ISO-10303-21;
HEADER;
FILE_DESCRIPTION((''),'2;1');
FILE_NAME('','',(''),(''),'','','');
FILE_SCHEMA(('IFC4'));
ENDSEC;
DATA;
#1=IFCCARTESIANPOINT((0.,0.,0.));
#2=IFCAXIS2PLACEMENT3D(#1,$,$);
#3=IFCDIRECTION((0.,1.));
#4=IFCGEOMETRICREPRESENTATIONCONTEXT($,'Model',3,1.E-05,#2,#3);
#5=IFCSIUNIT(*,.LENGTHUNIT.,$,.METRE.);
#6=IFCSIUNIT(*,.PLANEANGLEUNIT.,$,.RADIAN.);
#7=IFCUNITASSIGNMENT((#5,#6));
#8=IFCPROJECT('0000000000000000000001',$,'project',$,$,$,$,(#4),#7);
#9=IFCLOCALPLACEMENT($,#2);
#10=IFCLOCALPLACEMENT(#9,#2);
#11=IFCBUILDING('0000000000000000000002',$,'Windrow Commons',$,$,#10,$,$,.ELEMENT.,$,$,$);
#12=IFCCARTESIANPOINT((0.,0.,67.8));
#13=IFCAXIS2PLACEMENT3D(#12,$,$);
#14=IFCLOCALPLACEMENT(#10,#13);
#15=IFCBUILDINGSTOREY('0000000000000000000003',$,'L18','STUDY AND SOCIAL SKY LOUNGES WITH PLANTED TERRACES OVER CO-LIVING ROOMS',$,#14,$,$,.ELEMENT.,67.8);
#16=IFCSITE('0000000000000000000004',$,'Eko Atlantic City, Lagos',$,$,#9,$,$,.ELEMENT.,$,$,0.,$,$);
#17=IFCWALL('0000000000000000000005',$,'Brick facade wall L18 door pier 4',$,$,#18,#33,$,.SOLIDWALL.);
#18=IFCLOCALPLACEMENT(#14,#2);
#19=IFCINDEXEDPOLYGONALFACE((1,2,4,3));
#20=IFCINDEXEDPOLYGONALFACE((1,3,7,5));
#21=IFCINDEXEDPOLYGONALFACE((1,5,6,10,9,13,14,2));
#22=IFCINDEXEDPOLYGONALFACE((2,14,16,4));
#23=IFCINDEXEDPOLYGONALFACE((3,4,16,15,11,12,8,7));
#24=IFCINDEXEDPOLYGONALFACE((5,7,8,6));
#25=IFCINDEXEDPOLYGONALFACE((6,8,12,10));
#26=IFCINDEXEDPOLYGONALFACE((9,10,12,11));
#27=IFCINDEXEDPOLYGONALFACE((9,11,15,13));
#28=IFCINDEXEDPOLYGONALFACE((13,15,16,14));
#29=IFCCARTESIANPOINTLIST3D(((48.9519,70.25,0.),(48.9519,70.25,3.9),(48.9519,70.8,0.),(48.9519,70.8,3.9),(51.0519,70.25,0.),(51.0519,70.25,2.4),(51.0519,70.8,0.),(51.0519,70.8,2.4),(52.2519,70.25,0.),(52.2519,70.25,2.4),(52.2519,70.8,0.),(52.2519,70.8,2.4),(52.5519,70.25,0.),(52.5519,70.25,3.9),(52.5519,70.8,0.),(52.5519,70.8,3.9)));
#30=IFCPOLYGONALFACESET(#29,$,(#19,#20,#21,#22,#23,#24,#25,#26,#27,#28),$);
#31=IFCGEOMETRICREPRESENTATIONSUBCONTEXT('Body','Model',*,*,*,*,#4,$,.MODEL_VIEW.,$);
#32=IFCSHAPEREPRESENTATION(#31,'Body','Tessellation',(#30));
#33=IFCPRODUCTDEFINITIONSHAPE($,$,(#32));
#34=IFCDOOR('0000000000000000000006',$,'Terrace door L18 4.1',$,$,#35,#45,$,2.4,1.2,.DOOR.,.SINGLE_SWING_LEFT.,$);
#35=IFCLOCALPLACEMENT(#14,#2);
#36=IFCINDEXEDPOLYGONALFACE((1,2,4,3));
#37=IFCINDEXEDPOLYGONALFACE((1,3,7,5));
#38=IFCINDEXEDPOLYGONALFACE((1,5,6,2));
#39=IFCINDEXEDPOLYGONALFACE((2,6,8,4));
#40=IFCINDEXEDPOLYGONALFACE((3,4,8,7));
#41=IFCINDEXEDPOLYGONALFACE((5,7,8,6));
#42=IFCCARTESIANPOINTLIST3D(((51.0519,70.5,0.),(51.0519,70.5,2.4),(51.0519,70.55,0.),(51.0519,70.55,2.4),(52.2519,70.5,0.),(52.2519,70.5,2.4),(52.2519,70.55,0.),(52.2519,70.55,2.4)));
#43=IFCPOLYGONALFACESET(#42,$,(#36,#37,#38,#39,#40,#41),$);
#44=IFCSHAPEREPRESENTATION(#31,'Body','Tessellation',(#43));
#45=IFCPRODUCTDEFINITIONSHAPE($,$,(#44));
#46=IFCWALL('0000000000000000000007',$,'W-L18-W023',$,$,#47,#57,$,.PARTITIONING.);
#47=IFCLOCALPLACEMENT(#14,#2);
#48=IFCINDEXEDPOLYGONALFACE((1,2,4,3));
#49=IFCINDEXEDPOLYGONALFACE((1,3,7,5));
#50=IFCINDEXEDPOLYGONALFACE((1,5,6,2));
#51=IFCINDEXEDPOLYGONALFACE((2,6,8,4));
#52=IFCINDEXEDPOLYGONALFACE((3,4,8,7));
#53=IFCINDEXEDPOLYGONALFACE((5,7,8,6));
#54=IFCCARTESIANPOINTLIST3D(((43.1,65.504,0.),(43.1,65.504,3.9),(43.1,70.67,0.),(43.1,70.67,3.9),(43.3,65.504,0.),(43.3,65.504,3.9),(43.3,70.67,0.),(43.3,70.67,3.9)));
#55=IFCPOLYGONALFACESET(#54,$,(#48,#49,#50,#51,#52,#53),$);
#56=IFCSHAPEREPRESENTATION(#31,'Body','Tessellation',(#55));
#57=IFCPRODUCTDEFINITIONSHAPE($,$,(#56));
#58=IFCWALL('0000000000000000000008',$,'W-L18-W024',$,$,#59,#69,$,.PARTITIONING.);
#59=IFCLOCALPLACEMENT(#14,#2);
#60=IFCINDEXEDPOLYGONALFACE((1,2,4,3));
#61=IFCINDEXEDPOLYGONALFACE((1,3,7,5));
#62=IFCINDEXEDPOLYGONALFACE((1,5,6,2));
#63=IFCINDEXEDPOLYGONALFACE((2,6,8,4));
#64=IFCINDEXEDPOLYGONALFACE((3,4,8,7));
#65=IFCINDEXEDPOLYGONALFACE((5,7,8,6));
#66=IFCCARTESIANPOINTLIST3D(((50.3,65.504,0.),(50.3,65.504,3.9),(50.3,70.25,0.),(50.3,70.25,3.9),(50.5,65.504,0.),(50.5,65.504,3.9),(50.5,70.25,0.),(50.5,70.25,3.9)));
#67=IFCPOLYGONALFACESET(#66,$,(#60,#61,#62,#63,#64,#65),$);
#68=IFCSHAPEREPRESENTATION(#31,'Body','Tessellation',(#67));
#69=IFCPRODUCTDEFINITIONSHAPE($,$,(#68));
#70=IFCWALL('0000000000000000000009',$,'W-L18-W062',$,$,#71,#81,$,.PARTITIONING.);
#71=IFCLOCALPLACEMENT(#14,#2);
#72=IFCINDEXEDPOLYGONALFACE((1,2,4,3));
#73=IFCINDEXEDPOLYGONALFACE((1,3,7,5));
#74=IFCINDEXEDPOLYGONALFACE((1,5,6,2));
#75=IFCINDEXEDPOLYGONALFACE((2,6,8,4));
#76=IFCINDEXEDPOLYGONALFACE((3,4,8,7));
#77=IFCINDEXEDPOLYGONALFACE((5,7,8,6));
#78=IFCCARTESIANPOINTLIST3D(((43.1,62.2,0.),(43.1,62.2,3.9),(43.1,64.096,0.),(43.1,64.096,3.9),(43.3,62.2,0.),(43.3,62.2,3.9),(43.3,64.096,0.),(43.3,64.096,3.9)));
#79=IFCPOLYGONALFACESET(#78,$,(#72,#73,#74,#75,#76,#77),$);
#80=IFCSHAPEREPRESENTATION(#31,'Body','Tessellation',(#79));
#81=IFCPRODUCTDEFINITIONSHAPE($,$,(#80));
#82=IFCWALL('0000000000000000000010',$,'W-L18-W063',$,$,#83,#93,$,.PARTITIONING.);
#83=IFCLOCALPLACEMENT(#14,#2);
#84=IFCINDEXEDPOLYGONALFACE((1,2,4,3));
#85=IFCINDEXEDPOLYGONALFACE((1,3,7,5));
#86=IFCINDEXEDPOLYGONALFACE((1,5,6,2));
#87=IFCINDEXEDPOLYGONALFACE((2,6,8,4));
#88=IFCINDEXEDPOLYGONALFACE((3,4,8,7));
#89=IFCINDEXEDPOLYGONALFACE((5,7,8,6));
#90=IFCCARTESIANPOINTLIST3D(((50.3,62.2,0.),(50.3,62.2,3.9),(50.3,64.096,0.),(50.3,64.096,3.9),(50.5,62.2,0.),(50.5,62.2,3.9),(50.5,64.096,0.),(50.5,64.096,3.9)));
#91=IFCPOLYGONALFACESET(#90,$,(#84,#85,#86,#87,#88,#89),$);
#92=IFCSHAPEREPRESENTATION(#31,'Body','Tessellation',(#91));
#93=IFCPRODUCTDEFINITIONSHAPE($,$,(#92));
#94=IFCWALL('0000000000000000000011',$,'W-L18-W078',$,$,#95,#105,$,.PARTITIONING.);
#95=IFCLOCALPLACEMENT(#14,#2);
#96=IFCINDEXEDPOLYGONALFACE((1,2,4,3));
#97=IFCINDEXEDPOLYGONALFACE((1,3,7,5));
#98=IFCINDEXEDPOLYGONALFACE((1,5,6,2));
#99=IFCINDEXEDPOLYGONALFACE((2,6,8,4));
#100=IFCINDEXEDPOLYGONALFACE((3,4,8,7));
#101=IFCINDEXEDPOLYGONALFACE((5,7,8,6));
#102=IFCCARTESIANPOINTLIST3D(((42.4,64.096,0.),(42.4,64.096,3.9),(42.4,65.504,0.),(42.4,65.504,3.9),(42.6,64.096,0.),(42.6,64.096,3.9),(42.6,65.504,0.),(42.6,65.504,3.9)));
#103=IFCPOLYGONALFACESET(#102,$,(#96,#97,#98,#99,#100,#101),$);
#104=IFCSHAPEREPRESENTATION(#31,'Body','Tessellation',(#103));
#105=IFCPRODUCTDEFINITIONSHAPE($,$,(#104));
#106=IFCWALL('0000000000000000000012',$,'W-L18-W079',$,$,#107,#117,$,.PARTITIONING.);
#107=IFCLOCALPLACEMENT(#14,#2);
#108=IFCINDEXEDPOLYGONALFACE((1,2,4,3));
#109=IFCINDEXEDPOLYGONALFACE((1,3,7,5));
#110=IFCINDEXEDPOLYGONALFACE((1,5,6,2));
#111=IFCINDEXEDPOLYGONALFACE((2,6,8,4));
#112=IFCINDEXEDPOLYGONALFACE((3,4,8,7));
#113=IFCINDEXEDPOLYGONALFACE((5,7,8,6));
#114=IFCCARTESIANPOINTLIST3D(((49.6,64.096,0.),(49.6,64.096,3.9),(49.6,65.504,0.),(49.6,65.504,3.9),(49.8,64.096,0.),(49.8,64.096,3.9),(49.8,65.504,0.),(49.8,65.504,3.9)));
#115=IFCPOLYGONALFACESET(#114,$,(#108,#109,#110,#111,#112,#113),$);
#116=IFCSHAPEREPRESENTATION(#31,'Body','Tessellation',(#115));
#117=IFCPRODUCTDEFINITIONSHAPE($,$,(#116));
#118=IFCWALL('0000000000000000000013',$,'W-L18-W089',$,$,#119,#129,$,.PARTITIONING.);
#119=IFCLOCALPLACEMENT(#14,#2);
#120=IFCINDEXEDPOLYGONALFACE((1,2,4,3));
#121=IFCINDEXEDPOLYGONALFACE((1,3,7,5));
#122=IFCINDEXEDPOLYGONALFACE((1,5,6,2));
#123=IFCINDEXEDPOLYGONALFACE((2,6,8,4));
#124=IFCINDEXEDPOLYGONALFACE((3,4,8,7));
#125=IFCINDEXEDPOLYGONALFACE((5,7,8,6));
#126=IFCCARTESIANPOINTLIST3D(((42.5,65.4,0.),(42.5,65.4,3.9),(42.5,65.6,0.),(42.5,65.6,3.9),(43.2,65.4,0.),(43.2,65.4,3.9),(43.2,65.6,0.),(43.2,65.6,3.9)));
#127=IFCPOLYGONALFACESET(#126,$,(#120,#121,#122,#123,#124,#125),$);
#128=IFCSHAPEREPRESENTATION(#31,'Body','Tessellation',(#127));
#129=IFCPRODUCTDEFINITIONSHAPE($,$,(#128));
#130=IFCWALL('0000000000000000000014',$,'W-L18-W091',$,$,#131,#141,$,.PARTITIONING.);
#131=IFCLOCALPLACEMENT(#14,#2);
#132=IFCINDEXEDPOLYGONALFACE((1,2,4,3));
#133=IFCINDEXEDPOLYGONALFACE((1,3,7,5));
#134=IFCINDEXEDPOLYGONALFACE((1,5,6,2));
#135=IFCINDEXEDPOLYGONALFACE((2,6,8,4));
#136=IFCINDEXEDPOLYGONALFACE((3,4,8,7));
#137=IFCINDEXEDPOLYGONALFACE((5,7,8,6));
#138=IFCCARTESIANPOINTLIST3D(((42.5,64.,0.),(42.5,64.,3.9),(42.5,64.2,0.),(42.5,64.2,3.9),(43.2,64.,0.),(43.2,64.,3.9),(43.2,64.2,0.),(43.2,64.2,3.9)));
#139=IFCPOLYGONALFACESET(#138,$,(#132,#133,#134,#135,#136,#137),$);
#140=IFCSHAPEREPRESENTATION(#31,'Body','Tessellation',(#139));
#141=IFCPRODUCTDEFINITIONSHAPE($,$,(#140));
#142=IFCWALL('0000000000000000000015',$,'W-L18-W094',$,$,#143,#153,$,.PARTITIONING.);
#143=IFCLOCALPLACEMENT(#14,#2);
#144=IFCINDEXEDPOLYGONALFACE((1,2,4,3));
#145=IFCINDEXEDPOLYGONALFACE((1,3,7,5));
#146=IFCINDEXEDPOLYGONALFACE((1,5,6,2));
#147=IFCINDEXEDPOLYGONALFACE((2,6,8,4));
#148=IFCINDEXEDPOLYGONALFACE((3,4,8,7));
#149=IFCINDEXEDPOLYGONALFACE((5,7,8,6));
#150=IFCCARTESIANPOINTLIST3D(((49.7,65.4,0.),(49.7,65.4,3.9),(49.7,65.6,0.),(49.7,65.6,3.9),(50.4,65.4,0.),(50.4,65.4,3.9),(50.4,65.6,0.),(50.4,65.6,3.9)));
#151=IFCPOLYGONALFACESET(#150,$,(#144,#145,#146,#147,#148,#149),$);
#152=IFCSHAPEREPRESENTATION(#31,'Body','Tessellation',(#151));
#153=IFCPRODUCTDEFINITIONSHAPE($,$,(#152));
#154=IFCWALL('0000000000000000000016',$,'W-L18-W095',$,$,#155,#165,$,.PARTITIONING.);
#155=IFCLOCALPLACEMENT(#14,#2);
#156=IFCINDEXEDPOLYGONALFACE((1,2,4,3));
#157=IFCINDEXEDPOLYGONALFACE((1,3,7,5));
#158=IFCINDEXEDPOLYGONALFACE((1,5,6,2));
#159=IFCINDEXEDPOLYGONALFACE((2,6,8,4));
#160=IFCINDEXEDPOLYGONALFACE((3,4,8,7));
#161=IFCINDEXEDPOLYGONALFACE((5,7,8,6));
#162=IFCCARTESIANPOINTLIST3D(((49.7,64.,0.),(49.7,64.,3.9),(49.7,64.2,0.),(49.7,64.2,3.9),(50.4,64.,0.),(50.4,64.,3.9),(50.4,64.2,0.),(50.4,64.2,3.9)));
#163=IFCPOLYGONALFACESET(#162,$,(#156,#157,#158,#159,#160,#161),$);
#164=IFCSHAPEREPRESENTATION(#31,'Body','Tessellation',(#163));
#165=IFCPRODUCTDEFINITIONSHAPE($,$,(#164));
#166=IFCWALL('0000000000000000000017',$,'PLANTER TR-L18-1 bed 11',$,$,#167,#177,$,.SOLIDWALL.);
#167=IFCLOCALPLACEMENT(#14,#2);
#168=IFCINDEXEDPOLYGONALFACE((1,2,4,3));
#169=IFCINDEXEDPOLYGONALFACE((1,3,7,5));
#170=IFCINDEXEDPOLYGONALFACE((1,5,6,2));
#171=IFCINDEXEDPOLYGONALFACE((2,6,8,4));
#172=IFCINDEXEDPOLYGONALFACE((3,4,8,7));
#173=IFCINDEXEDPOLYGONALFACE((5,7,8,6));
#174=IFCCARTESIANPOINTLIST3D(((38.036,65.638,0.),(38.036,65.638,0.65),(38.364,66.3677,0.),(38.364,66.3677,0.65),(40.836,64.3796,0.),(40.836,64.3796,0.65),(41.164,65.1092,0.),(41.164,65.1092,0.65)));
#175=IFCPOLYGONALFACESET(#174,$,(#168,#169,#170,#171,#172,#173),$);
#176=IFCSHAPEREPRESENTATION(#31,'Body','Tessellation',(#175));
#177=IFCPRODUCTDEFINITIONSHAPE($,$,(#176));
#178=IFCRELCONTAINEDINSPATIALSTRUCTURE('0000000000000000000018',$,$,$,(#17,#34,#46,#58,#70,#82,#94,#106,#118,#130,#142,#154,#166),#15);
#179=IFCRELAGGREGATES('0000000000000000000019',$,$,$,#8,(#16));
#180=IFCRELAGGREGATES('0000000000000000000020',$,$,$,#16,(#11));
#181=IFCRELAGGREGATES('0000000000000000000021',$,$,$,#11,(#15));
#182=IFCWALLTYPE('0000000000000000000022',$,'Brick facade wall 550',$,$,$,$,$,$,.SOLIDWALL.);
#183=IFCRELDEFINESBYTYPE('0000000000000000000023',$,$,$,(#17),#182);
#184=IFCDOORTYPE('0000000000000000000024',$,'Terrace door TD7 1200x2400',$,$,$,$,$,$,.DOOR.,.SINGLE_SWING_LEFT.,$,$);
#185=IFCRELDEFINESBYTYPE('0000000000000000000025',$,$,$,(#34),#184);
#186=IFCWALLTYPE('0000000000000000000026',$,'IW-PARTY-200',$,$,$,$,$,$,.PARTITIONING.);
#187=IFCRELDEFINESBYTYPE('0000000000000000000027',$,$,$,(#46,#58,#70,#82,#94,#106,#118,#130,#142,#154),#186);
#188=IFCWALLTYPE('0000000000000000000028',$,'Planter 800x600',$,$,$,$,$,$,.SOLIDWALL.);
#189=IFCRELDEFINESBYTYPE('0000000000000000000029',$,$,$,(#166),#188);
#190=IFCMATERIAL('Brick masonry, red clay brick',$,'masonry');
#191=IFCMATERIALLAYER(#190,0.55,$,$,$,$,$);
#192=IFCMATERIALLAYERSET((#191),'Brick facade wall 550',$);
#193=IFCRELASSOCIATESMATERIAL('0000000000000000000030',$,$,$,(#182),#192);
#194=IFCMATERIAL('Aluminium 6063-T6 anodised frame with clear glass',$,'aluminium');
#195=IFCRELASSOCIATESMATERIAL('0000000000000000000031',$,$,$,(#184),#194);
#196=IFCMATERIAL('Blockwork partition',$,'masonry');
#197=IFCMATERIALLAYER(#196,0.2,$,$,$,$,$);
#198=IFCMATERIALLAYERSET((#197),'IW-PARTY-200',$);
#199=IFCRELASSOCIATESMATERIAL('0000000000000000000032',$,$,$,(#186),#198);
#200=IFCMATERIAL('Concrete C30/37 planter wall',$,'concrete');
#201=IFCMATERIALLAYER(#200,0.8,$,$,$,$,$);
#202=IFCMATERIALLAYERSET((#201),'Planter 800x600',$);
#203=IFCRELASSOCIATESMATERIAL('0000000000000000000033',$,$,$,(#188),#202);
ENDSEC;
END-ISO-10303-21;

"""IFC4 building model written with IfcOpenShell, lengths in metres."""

from ifc_helpers import new_model, si_unit, direction, frame, frame_2d, origin, place, context, subcontext, project, spatial, rectangle, extrude, material, layer, layer_set, type_object, element, fill, save


model = new_model("IFC4")

# Units and contexts
model_context = context("Model", 3, precision=1e-05, world=origin(), true_north=direction((0.0, 1.0)))
body_context = subcontext(model_context, "Body", "Model", "MODEL_VIEW")
ifc_project = project(units=[si_unit("LENGTHUNIT", "METRE"), si_unit("PLANEANGLEUNIT", "RADIAN")], contexts=[model_context])

# Site, building, storey
site_placement = place(None, origin())
site = spatial("IfcSite", under=ifc_project, at=site_placement, Name="Eko Atlantic City, Lagos", CompositionType="ELEMENT", RefElevation=0.0)
building_placement = place(site_placement, origin())
building = spatial("IfcBuilding", under=site, at=building_placement, Name="Windrow Commons", CompositionType="ELEMENT")
storey_placement = place(building_placement, frame((0.0, 0.0, 67.8)))
storey = spatial("IfcBuildingStorey", under=building, at=storey_placement, Name="L18", Description="STUDY AND SOCIAL SKY LOUNGES WITH PLANTED TERRACES OVER CO-LIVING ROOMS", CompositionType="ELEMENT", Elevation=67.8)

# Wall, opening, door
ifc_material_1 = material(Name="Brick masonry, red clay brick", Category="masonry")
ifc_layer_1 = layer(ifc_material_1, 0.55)
ifc_layer_set_1 = layer_set([ifc_layer_1], Name="Brick facade wall 550")
wall_type_1 = type_object("IfcWallType", Name="Brick facade wall 550", PredefinedType="SOLIDWALL", material=ifc_layer_set_1)
wall_1_placement = place(storey_placement, frame((52.5519, 70.525, 0.0), z_axis=(0.0, 0.0, 1.0), x_axis=(-1.0, 0.0, 0.0)))
wall_1 = element("IfcWall", 1, at=wall_1_placement, inside=storey, type_object=wall_type_1, Name="Brick facade wall L18 door pier 4", PredefinedType="SOLIDWALL", context=body_context, shape_type="SweptSolid", body=[
    extrude(rectangle(XDim=3.6, YDim=0.55, at=frame_2d((1.8, 0.0))), origin(), (0.0, 0.0, 1.0), 3.9),
])
opening_placement = place(wall_1_placement, frame((0.3, 0.0, 0.0)))
opening = element("IfcOpeningElement", 2, at=opening_placement, cuts=wall_1, PredefinedType="OPENING", context=body_context, shape_type="SweptSolid", body=[
    extrude(rectangle(XDim=1.2, YDim=2.4, at=frame_2d((0.6, 1.2))), frame((0.0, 0.285, 0.0), z_axis=(0.0, -1.0, 0.0), x_axis=(1.0, 0.0, 0.0)), (0.0, 0.0, 1.0), 0.57),
])
ifc_material_2 = material(Name="Aluminium 6063-T6 anodised frame with clear glass", Category="aluminium")
door_type = type_object("IfcDoorType", Name="Terrace door TD7 1200x2400", OperationType="SINGLE_SWING_LEFT", PredefinedType="DOOR", material=ifc_material_2)
door_placement = place(opening_placement, origin())
door = element("IfcDoor", 3, at=door_placement, inside=storey, type_object=door_type, Name="Terrace door L18 4.1", OperationType="SINGLE_SWING_LEFT", OverallHeight=2.4, OverallWidth=1.2, PredefinedType="DOOR", context=body_context, shape_type="SweptSolid", body=[
    extrude(rectangle(XDim=1.2, YDim=2.4, at=frame_2d((0.6, 1.2))), frame((0.0, 0.025, 0.0), z_axis=(0.0, -1.0, 0.0), x_axis=(1.0, 0.0, 0.0)), (0.0, 0.0, 1.0), 0.05),
])
fill(opening, door)

# Walls
ifc_material_3 = material(Name="Blockwork partition", Category="masonry")
ifc_layer_2 = layer(ifc_material_3, 0.2)
ifc_layer_set_2 = layer_set([ifc_layer_2], Name="IW-PARTY-200")
wall_type_2 = type_object("IfcWallType", Name="IW-PARTY-200", PredefinedType="PARTITIONING", material=ifc_layer_set_2)
wall_2_placement = place(storey_placement, frame((43.2, 65.504, 0.0), z_axis=(0.0, 0.0, 1.0), x_axis=(0.0, 1.0, 0.0)))
element("IfcWall", 4, at=wall_2_placement, inside=storey, type_object=wall_type_2, Name="W-L18-W023", PredefinedType="PARTITIONING", context=body_context, shape_type="SweptSolid", body=[
    extrude(rectangle(XDim=5.166, YDim=0.2, at=frame_2d((2.583, 0.0))), origin(), (0.0, 0.0, 1.0), 3.9),
])
wall_3_placement = place(storey_placement, frame((50.4, 65.504, 0.0), z_axis=(0.0, 0.0, 1.0), x_axis=(0.0, 1.0, 0.0)))
element("IfcWall", 5, at=wall_3_placement, inside=storey, type_object=wall_type_2, Name="W-L18-W024", PredefinedType="PARTITIONING", context=body_context, shape_type="SweptSolid", body=[
    extrude(rectangle(XDim=4.746, YDim=0.2, at=frame_2d((2.373, 0.0))), origin(), (0.0, 0.0, 1.0), 3.9),
])
for number, where, z_axis, x_axis, name in (
    (6, (43.2, 62.2, 0.0), (0.0, 0.0, 1.0), (0.0, 1.0, 0.0), "W-L18-W062"),
    (7, (50.4, 62.2, 0.0), (0.0, 0.0, 1.0), (0.0, 1.0, 0.0), "W-L18-W063"),
):
    element("IfcWall", number, at=place(storey_placement, frame(where, z_axis=z_axis, x_axis=x_axis)), inside=storey, type_object=wall_type_2, Name=name, PredefinedType="PARTITIONING", context=body_context, shape_type="SweptSolid", body=[
        extrude(rectangle(XDim=1.896, YDim=0.2, at=frame_2d((0.948, 0.0))), origin(), (0.0, 0.0, 1.0), 3.9),
    ])
for number, where, z_axis, x_axis, name in (
    (8, (42.5, 64.096, 0.0), (0.0, 0.0, 1.0), (0.0, 1.0, 0.0), "W-L18-W078"),
    (9, (49.7, 64.096, 0.0), (0.0, 0.0, 1.0), (0.0, 1.0, 0.0), "W-L18-W079"),
):
    element("IfcWall", number, at=place(storey_placement, frame(where, z_axis=z_axis, x_axis=x_axis)), inside=storey, type_object=wall_type_2, Name=name, PredefinedType="PARTITIONING", context=body_context, shape_type="SweptSolid", body=[
        extrude(rectangle(XDim=1.408, YDim=0.2, at=frame_2d((0.704, 0.0))), origin(), (0.0, 0.0, 1.0), 3.9),
    ])
for number, where, z_axis, x_axis, name in (
    (10, (42.5, 65.5, 0.0), (0.0, 0.0, 1.0), (1.0, 0.0, 0.0), "W-L18-W089"),
    (11, (42.5, 64.1, 0.0), (0.0, 0.0, 1.0), (1.0, 0.0, 0.0), "W-L18-W091"),
    (12, (49.7, 65.5, 0.0), (0.0, 0.0, 1.0), (1.0, 0.0, 0.0), "W-L18-W094"),
    (13, (49.7, 64.1, 0.0), (0.0, 0.0, 1.0), (1.0, 0.0, 0.0), "W-L18-W095"),
):
    element("IfcWall", number, at=place(storey_placement, frame(where, z_axis=z_axis, x_axis=x_axis)), inside=storey, type_object=wall_type_2, Name=name, PredefinedType="PARTITIONING", context=body_context, shape_type="SweptSolid", body=[
        extrude(rectangle(XDim=0.7, YDim=0.2, at=frame_2d((0.35, 0.0))), origin(), (0.0, 0.0, 1.0), 3.9),
    ])
ifc_material_4 = material(Name="Concrete C30/37 planter wall", Category="concrete")
ifc_layer_3 = layer(ifc_material_4, 0.8)
ifc_layer_set_3 = layer_set([ifc_layer_3], Name="Planter 800x600")
wall_type_3 = type_object("IfcWallType", Name="Planter 800x600", PredefinedType="SOLIDWALL", material=ifc_layer_set_3)
wall_4_placement = place(storey_placement, frame((41.0, 64.7444, 0.0), z_axis=(0.0, 0.0, 1.0), x_axis=(-0.912116, 0.409931, 0.0)))
element("IfcWall", 14, at=wall_4_placement, inside=storey, type_object=wall_type_3, Name="PLANTER TR-L18-1 bed 11", PredefinedType="SOLIDWALL", context=body_context, shape_type="SweptSolid", body=[
    extrude(rectangle(XDim=3.0698, YDim=0.8, at=frame_2d((1.5349, 0.0))), origin(), (0.0, 0.0, 1.0), 0.65),
])

save(model, "model.ifc")
